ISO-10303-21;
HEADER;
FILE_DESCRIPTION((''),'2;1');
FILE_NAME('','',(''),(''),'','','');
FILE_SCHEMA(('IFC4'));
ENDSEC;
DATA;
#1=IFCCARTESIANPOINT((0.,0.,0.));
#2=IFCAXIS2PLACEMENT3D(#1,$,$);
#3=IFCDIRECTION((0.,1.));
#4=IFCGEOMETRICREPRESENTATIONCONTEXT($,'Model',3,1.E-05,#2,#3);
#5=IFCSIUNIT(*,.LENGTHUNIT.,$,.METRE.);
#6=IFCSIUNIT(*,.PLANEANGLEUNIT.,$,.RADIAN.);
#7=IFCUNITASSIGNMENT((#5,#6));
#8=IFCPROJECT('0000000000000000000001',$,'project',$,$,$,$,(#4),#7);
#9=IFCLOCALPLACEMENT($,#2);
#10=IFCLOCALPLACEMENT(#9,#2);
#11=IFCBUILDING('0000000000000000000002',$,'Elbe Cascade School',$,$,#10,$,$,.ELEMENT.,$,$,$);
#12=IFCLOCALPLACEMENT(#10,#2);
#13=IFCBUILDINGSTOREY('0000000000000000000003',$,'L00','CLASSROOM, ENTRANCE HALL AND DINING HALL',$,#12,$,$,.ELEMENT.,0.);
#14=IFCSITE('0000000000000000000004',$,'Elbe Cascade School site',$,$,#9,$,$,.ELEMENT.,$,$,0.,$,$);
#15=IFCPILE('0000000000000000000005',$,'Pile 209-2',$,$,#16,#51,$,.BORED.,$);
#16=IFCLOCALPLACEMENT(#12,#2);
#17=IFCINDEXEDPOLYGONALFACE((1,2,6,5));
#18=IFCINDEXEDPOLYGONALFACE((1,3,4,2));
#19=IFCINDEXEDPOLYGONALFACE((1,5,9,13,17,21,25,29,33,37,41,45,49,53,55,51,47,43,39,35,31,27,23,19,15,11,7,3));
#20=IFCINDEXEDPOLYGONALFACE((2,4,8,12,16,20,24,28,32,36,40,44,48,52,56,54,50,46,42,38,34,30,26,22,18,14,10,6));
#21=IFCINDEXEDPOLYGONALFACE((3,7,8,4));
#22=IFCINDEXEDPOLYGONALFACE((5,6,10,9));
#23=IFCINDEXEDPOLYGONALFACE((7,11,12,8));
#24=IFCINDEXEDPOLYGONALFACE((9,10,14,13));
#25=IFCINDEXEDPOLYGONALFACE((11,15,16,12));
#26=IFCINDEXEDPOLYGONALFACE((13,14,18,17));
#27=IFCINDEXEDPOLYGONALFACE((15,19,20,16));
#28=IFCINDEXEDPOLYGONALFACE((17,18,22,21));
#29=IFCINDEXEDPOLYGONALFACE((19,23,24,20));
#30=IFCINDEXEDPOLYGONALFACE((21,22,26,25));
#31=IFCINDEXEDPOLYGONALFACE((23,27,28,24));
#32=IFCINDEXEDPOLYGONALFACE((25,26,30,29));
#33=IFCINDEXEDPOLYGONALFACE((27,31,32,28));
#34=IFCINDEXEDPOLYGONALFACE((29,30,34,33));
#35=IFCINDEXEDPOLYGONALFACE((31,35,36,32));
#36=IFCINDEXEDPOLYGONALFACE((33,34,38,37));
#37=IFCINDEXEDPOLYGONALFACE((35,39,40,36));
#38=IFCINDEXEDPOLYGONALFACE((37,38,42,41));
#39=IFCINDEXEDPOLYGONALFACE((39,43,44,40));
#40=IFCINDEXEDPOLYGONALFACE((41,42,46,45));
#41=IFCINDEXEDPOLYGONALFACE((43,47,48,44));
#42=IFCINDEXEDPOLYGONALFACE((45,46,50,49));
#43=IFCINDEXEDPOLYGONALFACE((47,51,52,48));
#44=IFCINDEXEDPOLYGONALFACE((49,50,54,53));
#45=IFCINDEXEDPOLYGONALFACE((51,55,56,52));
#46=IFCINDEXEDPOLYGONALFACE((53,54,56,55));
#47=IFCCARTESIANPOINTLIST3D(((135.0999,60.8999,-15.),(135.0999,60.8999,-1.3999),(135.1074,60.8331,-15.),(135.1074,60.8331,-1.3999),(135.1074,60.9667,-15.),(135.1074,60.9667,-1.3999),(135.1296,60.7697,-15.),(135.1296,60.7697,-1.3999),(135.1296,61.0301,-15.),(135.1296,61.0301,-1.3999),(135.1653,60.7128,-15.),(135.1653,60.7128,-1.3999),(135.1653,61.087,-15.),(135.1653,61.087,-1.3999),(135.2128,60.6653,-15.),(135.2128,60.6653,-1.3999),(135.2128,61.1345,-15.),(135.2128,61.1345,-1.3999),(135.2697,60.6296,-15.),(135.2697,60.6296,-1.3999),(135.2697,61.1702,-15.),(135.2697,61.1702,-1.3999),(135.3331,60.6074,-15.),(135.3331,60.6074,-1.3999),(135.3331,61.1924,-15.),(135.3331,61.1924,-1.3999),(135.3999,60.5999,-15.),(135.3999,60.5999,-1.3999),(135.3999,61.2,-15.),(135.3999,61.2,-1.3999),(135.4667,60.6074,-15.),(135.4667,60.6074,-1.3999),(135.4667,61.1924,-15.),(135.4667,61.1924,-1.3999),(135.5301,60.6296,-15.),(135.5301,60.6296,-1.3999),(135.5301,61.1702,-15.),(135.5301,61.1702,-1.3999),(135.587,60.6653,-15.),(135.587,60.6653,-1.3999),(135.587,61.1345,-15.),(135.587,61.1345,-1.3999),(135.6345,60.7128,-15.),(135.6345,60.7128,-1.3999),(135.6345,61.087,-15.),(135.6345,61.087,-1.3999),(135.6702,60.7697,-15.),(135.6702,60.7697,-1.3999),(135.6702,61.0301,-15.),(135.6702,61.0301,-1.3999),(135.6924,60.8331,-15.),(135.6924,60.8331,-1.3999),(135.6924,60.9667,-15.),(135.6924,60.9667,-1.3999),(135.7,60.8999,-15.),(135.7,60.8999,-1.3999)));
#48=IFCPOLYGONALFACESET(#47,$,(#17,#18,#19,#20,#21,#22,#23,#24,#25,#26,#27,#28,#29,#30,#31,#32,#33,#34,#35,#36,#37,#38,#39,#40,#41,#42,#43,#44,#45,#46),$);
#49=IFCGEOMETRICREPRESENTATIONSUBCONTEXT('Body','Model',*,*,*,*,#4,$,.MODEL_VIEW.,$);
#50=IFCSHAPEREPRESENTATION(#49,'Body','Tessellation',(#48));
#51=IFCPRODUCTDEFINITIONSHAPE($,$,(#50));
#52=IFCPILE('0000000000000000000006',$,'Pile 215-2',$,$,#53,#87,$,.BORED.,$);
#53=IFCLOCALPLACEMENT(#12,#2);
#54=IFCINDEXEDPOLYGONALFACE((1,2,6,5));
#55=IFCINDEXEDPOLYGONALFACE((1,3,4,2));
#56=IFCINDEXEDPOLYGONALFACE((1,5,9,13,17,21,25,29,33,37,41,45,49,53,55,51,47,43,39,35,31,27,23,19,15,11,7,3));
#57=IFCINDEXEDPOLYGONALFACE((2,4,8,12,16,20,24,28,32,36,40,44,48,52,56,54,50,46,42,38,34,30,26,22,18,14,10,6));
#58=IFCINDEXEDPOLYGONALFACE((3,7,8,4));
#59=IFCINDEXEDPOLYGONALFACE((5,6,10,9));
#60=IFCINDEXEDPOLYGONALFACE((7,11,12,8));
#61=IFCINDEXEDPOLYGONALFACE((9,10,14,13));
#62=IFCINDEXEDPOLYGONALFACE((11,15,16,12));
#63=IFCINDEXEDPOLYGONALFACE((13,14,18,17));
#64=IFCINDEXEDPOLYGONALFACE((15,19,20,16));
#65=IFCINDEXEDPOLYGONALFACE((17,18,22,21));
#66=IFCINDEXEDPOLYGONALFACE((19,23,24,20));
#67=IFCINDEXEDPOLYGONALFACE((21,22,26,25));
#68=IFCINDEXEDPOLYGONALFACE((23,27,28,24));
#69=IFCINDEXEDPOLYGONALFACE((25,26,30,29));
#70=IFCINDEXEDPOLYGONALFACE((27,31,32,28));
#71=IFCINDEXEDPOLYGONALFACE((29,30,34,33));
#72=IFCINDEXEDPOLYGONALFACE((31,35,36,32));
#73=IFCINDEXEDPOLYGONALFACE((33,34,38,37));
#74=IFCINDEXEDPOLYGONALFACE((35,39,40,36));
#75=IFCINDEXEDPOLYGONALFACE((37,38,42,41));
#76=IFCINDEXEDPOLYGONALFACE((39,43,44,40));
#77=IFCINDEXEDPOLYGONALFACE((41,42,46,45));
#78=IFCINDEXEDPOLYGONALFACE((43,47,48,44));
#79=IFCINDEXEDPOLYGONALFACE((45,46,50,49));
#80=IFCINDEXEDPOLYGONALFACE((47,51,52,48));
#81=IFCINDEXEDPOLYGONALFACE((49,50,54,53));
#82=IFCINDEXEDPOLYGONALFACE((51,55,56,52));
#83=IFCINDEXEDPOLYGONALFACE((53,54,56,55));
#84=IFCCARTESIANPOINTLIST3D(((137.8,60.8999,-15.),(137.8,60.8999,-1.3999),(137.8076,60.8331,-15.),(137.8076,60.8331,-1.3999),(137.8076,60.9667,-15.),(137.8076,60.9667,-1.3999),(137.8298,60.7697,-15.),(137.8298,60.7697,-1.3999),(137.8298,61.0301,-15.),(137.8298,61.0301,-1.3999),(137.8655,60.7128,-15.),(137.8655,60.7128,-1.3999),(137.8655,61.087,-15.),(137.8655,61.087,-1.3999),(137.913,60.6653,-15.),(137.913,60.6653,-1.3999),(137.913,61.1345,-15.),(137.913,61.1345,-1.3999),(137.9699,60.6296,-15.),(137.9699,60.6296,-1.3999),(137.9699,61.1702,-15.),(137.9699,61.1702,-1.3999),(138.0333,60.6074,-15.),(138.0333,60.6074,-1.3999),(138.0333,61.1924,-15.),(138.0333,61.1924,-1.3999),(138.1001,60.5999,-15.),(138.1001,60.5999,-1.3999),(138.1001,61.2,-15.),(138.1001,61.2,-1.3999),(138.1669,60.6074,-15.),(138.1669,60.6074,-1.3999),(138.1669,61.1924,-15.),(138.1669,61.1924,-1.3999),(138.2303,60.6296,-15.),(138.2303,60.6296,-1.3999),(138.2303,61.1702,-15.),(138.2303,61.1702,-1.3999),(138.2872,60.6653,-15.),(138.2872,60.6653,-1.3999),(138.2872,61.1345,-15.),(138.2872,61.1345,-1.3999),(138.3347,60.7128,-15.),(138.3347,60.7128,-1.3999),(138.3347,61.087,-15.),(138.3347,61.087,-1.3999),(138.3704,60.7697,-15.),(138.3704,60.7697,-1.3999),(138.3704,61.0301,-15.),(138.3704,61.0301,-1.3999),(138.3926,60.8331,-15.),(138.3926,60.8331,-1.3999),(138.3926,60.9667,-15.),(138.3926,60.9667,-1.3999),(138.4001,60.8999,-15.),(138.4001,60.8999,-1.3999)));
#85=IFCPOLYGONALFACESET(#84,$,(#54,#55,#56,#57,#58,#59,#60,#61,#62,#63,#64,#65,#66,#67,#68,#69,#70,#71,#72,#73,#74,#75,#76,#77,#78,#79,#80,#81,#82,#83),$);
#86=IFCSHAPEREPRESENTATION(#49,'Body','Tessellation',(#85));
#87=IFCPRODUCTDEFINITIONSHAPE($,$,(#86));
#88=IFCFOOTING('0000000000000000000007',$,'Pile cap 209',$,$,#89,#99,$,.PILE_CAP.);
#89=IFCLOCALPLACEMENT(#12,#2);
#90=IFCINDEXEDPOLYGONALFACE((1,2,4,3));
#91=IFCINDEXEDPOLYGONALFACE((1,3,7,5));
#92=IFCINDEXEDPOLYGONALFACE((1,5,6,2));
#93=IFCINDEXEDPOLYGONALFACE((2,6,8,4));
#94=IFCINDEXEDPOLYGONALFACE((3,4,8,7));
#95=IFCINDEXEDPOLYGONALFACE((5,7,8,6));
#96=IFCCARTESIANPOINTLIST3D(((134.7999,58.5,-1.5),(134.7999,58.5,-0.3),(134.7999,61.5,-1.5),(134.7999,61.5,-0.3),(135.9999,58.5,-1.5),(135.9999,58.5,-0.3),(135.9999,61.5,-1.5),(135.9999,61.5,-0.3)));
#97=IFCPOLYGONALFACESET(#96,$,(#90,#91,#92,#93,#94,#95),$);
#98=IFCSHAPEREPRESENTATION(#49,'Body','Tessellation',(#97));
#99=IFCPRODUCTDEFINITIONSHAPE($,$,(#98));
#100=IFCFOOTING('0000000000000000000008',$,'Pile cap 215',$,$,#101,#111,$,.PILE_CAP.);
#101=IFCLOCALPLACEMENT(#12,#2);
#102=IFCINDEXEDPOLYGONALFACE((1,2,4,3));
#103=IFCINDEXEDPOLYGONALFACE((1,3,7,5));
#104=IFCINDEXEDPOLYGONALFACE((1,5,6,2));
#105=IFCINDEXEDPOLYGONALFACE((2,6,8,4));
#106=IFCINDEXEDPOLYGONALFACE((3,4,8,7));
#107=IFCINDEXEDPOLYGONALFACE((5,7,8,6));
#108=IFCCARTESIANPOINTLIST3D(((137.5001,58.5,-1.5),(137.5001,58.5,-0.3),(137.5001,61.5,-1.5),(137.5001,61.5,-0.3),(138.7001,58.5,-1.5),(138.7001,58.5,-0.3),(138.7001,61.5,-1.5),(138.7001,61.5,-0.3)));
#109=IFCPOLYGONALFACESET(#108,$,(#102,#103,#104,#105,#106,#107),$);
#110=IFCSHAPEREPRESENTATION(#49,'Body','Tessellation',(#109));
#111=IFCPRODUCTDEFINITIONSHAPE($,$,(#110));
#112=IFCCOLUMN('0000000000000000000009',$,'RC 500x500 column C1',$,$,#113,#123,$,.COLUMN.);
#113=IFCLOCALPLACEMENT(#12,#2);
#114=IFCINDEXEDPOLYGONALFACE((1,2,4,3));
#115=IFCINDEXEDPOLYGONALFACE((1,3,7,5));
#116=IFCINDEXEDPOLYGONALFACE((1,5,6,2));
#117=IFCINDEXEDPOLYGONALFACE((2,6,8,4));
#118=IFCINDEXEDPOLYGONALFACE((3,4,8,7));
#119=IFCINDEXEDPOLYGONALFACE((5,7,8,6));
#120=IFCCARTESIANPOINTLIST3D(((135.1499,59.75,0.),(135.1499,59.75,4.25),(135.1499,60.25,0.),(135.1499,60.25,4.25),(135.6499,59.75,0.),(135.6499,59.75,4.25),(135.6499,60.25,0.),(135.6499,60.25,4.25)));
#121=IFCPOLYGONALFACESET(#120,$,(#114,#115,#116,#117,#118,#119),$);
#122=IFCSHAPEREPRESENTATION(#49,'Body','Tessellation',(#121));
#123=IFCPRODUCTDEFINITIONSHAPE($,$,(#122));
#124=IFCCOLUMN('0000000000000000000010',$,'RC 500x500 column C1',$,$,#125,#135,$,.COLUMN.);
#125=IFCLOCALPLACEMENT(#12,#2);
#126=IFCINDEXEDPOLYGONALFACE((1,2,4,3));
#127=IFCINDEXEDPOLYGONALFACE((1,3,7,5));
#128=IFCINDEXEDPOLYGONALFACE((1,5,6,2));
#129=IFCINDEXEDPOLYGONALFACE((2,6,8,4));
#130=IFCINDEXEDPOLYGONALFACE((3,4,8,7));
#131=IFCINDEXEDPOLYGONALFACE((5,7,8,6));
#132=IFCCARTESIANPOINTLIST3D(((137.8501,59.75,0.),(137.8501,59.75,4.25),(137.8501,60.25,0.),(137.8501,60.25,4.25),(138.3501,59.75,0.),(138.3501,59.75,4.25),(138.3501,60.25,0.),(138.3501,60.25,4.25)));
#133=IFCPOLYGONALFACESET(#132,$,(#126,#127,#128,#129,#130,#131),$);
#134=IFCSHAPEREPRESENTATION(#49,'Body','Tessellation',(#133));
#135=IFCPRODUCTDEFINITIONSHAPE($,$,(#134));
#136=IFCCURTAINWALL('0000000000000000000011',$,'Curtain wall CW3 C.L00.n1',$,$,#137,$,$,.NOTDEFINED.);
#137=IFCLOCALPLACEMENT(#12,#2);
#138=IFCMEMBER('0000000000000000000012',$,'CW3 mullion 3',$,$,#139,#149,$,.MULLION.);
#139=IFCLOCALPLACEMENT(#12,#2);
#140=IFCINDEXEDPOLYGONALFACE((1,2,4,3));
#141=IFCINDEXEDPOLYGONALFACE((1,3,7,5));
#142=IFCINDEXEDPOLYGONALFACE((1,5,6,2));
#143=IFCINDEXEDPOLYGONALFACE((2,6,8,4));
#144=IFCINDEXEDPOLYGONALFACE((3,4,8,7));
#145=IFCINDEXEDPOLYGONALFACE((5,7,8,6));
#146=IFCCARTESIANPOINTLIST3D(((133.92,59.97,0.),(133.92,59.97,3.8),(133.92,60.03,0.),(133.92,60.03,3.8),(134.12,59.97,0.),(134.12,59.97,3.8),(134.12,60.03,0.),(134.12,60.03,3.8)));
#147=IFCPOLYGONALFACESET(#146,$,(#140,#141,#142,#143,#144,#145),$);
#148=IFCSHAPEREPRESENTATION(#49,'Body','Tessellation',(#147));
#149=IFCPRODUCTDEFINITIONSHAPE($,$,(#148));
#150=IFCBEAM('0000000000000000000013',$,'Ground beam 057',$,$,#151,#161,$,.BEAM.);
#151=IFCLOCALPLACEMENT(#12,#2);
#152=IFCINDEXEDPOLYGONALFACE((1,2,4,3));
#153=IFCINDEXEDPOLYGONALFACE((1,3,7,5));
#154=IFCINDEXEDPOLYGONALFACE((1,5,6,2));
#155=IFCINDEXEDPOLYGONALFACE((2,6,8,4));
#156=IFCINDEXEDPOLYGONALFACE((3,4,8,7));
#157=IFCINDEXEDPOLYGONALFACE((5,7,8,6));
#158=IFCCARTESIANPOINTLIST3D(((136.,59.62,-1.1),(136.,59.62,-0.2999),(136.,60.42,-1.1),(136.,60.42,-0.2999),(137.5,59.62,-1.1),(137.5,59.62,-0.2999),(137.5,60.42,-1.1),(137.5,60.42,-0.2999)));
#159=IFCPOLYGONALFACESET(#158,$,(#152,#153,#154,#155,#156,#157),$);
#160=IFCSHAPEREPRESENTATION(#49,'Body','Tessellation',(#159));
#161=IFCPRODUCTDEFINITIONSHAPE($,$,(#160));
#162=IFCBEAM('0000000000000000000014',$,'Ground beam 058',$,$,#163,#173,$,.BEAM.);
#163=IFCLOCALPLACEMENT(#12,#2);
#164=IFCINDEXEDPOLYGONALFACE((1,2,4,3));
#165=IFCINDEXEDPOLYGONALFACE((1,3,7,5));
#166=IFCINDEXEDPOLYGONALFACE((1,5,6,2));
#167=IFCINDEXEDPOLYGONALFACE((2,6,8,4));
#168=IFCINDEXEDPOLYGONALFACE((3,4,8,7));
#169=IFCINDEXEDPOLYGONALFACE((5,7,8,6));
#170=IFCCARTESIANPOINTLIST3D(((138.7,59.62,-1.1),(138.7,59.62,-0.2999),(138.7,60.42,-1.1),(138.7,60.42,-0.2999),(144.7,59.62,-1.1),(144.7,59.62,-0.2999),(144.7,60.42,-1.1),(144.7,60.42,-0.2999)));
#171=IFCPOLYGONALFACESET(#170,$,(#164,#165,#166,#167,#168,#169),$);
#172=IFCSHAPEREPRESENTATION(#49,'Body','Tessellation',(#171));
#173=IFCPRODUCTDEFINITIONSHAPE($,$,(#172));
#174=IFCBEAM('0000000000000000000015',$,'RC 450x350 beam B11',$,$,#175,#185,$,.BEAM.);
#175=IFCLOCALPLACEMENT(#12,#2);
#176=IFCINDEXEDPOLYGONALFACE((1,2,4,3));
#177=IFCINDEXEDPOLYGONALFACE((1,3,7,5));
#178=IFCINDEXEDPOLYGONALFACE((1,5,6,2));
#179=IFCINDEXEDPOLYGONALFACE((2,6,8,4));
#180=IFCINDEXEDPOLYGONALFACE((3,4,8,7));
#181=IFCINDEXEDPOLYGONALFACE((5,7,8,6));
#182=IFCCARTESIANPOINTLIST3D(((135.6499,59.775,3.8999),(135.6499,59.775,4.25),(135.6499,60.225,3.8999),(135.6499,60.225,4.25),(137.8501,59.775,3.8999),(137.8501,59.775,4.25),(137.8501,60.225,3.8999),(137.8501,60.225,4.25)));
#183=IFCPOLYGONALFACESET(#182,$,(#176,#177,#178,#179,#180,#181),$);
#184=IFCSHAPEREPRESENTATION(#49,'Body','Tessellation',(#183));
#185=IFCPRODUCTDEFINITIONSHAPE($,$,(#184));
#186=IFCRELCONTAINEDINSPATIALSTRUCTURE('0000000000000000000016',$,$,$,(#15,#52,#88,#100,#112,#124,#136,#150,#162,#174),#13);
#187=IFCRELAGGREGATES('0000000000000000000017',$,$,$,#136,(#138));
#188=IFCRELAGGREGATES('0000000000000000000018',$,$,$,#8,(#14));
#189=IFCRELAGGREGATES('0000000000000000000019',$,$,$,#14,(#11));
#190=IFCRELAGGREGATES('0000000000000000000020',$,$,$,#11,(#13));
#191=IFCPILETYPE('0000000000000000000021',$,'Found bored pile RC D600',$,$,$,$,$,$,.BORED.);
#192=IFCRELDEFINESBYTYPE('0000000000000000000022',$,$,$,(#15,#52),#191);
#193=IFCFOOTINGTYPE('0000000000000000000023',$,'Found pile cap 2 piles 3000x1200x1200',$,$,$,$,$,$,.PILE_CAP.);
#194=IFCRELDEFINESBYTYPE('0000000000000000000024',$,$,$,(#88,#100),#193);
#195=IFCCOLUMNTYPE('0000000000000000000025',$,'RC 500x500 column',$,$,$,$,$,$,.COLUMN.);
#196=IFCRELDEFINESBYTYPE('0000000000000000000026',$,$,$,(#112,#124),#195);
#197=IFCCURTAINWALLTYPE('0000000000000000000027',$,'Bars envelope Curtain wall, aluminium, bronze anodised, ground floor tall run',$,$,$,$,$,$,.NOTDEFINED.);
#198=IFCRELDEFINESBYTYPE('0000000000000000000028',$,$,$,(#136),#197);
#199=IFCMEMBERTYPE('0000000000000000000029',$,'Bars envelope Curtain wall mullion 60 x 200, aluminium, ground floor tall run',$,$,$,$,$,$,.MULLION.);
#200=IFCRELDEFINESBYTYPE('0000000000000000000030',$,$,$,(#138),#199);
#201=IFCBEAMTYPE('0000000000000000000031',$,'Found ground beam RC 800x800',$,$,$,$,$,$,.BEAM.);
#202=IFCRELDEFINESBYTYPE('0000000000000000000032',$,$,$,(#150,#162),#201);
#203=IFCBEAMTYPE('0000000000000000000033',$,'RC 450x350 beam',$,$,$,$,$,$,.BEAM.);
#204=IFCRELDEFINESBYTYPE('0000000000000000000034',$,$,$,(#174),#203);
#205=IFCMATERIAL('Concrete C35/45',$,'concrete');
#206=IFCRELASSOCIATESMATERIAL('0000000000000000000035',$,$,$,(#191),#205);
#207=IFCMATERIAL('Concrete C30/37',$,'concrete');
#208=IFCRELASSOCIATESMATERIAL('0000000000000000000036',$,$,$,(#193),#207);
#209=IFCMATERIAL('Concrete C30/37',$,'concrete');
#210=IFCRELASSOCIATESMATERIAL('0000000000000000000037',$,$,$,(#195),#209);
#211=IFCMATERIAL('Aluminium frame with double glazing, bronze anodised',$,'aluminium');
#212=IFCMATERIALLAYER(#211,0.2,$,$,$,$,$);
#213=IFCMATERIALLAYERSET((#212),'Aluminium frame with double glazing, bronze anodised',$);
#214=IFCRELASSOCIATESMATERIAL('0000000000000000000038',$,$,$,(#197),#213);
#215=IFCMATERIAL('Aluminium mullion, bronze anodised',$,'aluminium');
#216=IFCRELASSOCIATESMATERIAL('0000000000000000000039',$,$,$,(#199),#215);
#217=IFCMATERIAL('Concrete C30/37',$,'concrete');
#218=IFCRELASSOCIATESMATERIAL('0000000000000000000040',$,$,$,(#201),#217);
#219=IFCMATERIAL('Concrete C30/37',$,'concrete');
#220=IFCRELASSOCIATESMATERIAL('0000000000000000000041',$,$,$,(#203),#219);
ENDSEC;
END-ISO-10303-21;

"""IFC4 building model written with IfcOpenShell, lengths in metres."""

from ifc_helpers import new_model, si_unit, direction, frame, origin, origin_2d, place, context, subcontext, project, spatial, rectangle, circle, extrude, material, layer, layer_set, material_profile, profile_set, type_object, element, aggregate, save


model = new_model("IFC4")

# Units and contexts
model_context = context("Model", 3, precision=1e-05, world=origin(), true_north=direction((0.0, 1.0)))
body_context = subcontext(model_context, "Body", "Model", "MODEL_VIEW")
ifc_project = project(units=[si_unit("LENGTHUNIT", "METRE"), si_unit("PLANEANGLEUNIT", "RADIAN")], contexts=[model_context])

# Site, building, storey
site_placement = place(None, origin())
site = spatial("IfcSite", under=ifc_project, at=site_placement, Name="Elbe Cascade School site", CompositionType="ELEMENT", RefElevation=0.0)
building_placement = place(site_placement, origin())
building = spatial("IfcBuilding", under=site, at=building_placement, Name="Elbe Cascade School", CompositionType="ELEMENT")
storey_placement = place(building_placement, origin())
storey = spatial("IfcBuildingStorey", under=building, at=storey_placement, Name="L00", Description="CLASSROOM, ENTRANCE HALL AND DINING HALL", CompositionType="ELEMENT", Elevation=0.0)

# Piles
ifc_material_1 = material(Name="Concrete C35/45", Category="concrete")
ifc_material_profile_1 = material_profile(ifc_material_1, circle(Radius=0.3, at=origin_2d()), Name="RC D600")
ifc_profile_set_1 = profile_set([ifc_material_profile_1], Name="Concrete C35/45")
pile_type = type_object("IfcPileType", Name="Found bored pile RC D600", PredefinedType="BORED", material=ifc_profile_set_1)
for number, where, z_axis, x_axis, name in (
    (1, (135.3999, 60.8999, -1.3999), (0.0, 0.0, -1.0), (1.0, 0.0, 0.0), "Pile 209-2"),
    (2, (138.1001, 60.8999, -1.3999), (0.0, 0.0, -1.0), (1.0, 0.0, 0.0), "Pile 215-2"),
):
    element("IfcPile", number, at=place(storey_placement, frame(where, z_axis=z_axis, x_axis=x_axis)), inside=storey, type_object=pile_type, Name=name, PredefinedType="BORED", context=body_context, shape_type="SweptSolid", body=[
        extrude(circle(Radius=0.3, at=origin_2d()), origin(), (0.0, 0.0, 1.0), 13.6001),
    ])

# Footings
ifc_material_2 = material(Name="Concrete C30/37", Category="concrete")
footing_type = type_object("IfcFootingType", Name="Found pile cap 2 piles 3000x1200x1200", PredefinedType="PILE_CAP", material=ifc_material_2)
for number, where, z_axis, x_axis, name in (
    (3, (135.3999, 60.0, -1.5), (0.0, 0.0, 1.0), (1.0, 0.0, 0.0), "Pile cap 209"),
    (4, (138.1001, 60.0, -1.5), (0.0, 0.0, 1.0), (1.0, 0.0, 0.0), "Pile cap 215"),
):
    element("IfcFooting", number, at=place(storey_placement, frame(where, z_axis=z_axis, x_axis=x_axis)), inside=storey, type_object=footing_type, Name=name, PredefinedType="PILE_CAP", context=body_context, shape_type="SweptSolid", body=[
        extrude(rectangle(XDim=1.2, YDim=3.0, at=origin_2d()), origin(), (0.0, 0.0, 1.0), 1.2),
    ])

# Columns
ifc_material_3 = material(Name="Concrete C30/37", Category="concrete")
ifc_material_profile_2 = material_profile(ifc_material_3, rectangle(XDim=0.5, YDim=0.5, at=origin_2d()), Name="RC 500x500")
ifc_profile_set_2 = profile_set([ifc_material_profile_2], Name="Concrete C30/37")
column_type = type_object("IfcColumnType", Name="RC 500x500 column", PredefinedType="COLUMN", material=ifc_profile_set_2)
for number, where, z_axis, x_axis, name in (
    (5, (135.3999, 60.0, 0.0), (0.0, 0.0, 1.0), (1.0, 0.0, 0.0), "RC 500x500 column C1"),
    (6, (138.1001, 60.0, 0.0), (0.0, 0.0, 1.0), (1.0, 0.0, 0.0), "RC 500x500 column C1"),
):
    element("IfcColumn", number, at=place(storey_placement, frame(where, z_axis=z_axis, x_axis=x_axis)), inside=storey, type_object=column_type, Name=name, PredefinedType="COLUMN", context=body_context, shape_type="SweptSolid", body=[
        extrude(rectangle(XDim=0.5, YDim=0.5, at=origin_2d()), origin(), (0.0, 0.0, 1.0), 4.25),
    ])

# Curtain wall, member
ifc_material_4 = material(Name="Aluminium frame with double glazing, bronze anodised", Category="aluminium")
ifc_layer_1 = layer(ifc_material_4, 0.2)
ifc_layer_set_1 = layer_set([ifc_layer_1], Name="Aluminium frame with double glazing, bronze anodised")
curtain_wall_type = type_object("IfcCurtainWallType", Name="Bars envelope Curtain wall, aluminium, bronze anodised, ground floor tall run", PredefinedType="NOTDEFINED", material=ifc_layer_set_1)
curtain_wall_placement = place(storey_placement, origin())
curtain_wall = element("IfcCurtainWall", 7, at=curtain_wall_placement, inside=storey, type_object=curtain_wall_type, Name="Curtain wall CW3 C.L00.n1", PredefinedType="NOTDEFINED")
ifc_material_5 = material(Name="Aluminium mullion, bronze anodised", Category="aluminium")
ifc_material_profile_3 = material_profile(ifc_material_5, rectangle(XDim=0.0601, YDim=0.2, at=origin_2d()), Name="Bars envelope Curtain wall mullion 60 x 200, aluminium, ground floor tall run")
ifc_profile_set_3 = profile_set([ifc_material_profile_3], Name="Aluminium mullion, bronze anodised")
member_type = type_object("IfcMemberType", Name="Bars envelope Curtain wall mullion 60 x 200, aluminium, ground floor tall run", PredefinedType="MULLION", material=ifc_profile_set_3)
member_placement = place(storey_placement, frame((134.02, 60.0, 0.0), z_axis=(0.0, 0.0, 1.0), x_axis=(0.0, 1.0, 0.0)))
member = element("IfcMember", 8, at=member_placement, type_object=member_type, Name="CW3 mullion 3", PredefinedType="MULLION", context=body_context, shape_type="SweptSolid", body=[
    extrude(rectangle(XDim=0.0601, YDim=0.2, at=origin_2d()), origin(), (0.0, 0.0, 1.0), 3.8),
])

# Beams
ifc_material_6 = material(Name="Concrete C30/37", Category="concrete")
ifc_material_profile_4 = material_profile(ifc_material_6, rectangle(XDim=0.8, YDim=0.8, at=origin_2d()), Name="RC 800x800")
ifc_profile_set_4 = profile_set([ifc_material_profile_4], Name="Concrete C30/37")
beam_type_1 = type_object("IfcBeamType", Name="Found ground beam RC 800x800", PredefinedType="BEAM", material=ifc_profile_set_4)
beam_1_placement = place(storey_placement, frame((136.0, 60.02, -0.7), z_axis=(1.0, 0.0, 0.0), x_axis=(0.0, 1.0, 0.0)))
element("IfcBeam", 9, at=beam_1_placement, inside=storey, type_object=beam_type_1, Name="Ground beam 057", PredefinedType="BEAM", context=body_context, shape_type="SweptSolid", body=[
    extrude(rectangle(XDim=0.8, YDim=0.8, at=origin_2d()), origin(), (0.0, 0.0, 1.0), 1.5),
])
beam_2_placement = place(storey_placement, frame((138.7, 60.02, -0.7), z_axis=(1.0, 0.0, 0.0), x_axis=(0.0, 1.0, 0.0)))
element("IfcBeam", 10, at=beam_2_placement, inside=storey, type_object=beam_type_1, Name="Ground beam 058", PredefinedType="BEAM", context=body_context, shape_type="SweptSolid", body=[
    extrude(rectangle(XDim=0.8, YDim=0.8, at=origin_2d()), origin(), (0.0, 0.0, 1.0), 6.0),
])
ifc_material_7 = material(Name="Concrete C30/37", Category="concrete")
ifc_material_profile_5 = material_profile(ifc_material_7, rectangle(XDim=0.45, YDim=0.3501, at=origin_2d()), Name="RC 450x350")
ifc_profile_set_5 = profile_set([ifc_material_profile_5], Name="Concrete C30/37")
beam_type_2 = type_object("IfcBeamType", Name="RC 450x350 beam", PredefinedType="BEAM", material=ifc_profile_set_5)
beam_3_placement = place(storey_placement, frame((135.6499, 60.0, 4.075), z_axis=(1.0, 0.0, 0.0), x_axis=(0.0, 1.0, 0.0)))
element("IfcBeam", 11, at=beam_3_placement, inside=storey, type_object=beam_type_2, Name="RC 450x350 beam B11", PredefinedType="BEAM", context=body_context, shape_type="SweptSolid", body=[
    extrude(rectangle(XDim=0.45, YDim=0.3501, at=origin_2d()), origin(), (0.0, 0.0, 1.0), 2.2002),
])

aggregate(curtain_wall, [member])

save(model, "model.ifc")
